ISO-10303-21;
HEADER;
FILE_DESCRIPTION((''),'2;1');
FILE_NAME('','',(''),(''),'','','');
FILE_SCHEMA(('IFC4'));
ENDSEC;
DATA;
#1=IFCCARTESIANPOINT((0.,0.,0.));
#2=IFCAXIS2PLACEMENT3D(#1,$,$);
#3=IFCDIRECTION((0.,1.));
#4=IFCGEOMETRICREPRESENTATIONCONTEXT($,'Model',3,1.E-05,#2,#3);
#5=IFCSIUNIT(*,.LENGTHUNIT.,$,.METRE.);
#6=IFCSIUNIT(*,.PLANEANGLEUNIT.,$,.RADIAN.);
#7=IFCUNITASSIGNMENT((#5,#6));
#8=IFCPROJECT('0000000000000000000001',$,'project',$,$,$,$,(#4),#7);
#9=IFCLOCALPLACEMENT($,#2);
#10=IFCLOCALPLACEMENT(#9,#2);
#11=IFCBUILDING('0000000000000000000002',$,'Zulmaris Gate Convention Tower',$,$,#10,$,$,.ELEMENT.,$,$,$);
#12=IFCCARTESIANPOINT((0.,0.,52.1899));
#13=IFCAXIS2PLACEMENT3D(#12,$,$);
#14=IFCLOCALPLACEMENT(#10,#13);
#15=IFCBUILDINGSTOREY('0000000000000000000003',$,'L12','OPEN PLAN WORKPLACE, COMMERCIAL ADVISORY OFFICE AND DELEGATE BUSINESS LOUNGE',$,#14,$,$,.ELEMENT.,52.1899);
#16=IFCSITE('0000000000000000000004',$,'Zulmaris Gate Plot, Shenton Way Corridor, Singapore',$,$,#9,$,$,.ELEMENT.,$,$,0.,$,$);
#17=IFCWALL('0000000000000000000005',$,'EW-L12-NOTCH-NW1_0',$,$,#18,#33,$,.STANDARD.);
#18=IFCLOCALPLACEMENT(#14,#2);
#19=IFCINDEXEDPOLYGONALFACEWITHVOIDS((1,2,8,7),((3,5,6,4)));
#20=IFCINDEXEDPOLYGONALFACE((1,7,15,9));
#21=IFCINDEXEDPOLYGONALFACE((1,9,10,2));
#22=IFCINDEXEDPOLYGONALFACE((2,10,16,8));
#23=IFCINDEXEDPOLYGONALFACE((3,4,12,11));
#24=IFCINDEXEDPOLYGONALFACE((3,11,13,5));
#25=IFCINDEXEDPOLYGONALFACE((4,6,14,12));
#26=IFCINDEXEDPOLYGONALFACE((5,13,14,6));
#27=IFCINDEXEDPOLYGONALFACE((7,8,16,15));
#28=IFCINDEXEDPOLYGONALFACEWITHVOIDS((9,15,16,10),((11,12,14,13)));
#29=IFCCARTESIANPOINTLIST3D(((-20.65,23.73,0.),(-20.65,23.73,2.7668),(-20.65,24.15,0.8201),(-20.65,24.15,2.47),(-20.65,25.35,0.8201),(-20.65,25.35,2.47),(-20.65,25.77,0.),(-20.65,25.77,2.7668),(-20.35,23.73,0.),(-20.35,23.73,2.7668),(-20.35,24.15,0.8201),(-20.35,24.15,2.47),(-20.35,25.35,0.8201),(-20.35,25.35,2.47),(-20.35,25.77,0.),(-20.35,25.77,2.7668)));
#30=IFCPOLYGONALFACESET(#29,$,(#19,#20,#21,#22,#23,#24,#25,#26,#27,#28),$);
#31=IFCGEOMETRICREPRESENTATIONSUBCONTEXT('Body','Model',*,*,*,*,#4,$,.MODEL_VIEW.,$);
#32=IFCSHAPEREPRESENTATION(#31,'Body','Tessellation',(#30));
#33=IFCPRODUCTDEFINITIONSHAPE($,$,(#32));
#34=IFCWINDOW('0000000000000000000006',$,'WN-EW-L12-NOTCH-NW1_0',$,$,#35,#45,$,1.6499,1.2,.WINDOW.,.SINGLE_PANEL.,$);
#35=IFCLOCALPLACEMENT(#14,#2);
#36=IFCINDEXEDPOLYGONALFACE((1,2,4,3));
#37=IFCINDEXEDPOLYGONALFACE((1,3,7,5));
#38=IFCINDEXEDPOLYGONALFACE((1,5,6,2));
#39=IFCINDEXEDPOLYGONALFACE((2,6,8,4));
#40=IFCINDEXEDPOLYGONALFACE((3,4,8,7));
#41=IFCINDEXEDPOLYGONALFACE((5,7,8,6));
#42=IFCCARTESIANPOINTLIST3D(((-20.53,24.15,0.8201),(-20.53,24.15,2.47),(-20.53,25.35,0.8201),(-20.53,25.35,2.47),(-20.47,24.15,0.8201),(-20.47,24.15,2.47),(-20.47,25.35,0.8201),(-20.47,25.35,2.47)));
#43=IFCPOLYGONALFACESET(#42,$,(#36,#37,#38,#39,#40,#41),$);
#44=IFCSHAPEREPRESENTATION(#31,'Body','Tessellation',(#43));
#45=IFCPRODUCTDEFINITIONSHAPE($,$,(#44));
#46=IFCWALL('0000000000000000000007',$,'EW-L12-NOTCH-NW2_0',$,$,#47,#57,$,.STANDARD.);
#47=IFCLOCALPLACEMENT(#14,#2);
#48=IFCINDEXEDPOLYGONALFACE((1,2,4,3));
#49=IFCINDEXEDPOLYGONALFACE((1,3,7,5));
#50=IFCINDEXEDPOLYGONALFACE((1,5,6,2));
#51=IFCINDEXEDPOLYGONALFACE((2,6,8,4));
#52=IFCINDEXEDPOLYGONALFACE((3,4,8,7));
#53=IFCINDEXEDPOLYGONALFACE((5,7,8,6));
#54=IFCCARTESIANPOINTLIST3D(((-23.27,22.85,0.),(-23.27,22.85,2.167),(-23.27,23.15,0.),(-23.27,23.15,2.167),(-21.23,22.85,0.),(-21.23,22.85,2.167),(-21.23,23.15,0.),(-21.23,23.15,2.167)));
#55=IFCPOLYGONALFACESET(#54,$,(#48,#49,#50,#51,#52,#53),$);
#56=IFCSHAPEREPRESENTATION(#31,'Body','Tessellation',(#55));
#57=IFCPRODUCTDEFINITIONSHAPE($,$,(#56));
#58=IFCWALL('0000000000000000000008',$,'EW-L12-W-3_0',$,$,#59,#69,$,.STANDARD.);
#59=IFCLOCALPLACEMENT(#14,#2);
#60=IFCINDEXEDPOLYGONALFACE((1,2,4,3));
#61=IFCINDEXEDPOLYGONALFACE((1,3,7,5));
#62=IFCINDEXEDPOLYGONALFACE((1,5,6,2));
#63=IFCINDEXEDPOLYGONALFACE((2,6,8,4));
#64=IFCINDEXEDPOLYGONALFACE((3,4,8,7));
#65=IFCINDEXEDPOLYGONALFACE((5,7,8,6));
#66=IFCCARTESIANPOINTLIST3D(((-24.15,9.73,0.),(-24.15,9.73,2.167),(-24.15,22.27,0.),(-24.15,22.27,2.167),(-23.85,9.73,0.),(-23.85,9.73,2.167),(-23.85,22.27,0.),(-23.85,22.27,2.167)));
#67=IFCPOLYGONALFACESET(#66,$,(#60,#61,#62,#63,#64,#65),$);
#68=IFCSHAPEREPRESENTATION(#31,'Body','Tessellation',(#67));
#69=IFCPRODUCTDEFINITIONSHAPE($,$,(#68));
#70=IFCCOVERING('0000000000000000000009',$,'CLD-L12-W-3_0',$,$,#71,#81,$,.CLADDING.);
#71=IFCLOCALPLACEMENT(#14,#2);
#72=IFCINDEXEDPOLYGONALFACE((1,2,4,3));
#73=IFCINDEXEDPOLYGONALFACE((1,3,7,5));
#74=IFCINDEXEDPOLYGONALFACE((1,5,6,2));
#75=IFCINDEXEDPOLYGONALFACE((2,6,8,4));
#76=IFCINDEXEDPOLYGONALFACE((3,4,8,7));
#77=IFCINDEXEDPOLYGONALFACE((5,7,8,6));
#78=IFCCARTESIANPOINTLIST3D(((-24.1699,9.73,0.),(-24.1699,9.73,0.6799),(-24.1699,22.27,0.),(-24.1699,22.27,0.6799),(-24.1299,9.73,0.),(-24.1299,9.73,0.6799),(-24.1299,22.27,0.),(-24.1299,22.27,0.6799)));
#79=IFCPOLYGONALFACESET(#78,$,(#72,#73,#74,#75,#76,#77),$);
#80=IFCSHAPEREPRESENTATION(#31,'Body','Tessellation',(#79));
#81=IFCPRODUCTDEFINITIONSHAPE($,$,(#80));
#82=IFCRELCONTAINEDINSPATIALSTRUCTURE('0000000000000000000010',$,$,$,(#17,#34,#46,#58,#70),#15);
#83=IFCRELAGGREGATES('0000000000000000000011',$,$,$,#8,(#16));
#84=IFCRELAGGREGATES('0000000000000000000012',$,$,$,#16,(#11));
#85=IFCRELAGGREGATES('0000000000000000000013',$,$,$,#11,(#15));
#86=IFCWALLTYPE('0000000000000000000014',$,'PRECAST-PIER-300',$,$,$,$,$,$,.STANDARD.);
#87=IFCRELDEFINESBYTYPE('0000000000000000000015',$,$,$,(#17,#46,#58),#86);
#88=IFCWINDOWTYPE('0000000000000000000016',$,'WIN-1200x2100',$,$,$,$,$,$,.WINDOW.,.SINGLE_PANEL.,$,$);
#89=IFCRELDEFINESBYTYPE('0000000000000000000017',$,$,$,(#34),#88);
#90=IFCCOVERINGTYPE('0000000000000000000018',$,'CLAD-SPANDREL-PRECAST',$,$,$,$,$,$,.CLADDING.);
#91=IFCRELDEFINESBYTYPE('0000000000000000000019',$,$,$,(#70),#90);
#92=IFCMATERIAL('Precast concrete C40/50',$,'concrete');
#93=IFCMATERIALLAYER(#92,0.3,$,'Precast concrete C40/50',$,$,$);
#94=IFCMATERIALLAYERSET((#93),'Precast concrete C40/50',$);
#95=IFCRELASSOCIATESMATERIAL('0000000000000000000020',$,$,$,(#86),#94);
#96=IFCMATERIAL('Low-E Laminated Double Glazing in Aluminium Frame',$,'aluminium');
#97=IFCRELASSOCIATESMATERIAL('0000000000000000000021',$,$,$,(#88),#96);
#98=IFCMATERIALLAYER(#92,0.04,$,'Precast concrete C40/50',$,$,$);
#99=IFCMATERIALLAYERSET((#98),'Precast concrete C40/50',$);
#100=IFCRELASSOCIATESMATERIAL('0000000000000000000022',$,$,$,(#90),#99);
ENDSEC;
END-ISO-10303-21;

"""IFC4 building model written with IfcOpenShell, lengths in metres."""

from ifc_helpers import new_model, si_unit, direction, frame, frame_2d, origin, place, context, subcontext, project, spatial, rectangle, extrude, material, layer, layer_set, type_object, element, fill, save


model = new_model("IFC4")

# Units and contexts
model_context = context("Model", 3, precision=1e-05, world=origin(), true_north=direction((0.0, 1.0)))
body_context = subcontext(model_context, "Body", "Model", "MODEL_VIEW")
ifc_project = project(units=[si_unit("LENGTHUNIT", "METRE"), si_unit("PLANEANGLEUNIT", "RADIAN")], contexts=[model_context])

# Site, building, storey
site_placement = place(None, origin())
site = spatial("IfcSite", under=ifc_project, at=site_placement, Name="Zulmaris Gate Plot, Shenton Way Corridor, Singapore", CompositionType="ELEMENT", RefElevation=0.0)
building_placement = place(site_placement, origin())
building = spatial("IfcBuilding", under=site, at=building_placement, Name="Zulmaris Gate Convention Tower", CompositionType="ELEMENT")
storey_placement = place(building_placement, frame((0.0, 0.0, 52.1899)))
storey = spatial("IfcBuildingStorey", under=building, at=storey_placement, Name="L12", Description="OPEN PLAN WORKPLACE, COMMERCIAL ADVISORY OFFICE AND DELEGATE BUSINESS LOUNGE", CompositionType="ELEMENT", Elevation=52.1899)

# Wall, opening, window
ifc_material_1 = material(Name="Precast concrete C40/50", Category="concrete")
ifc_layer_1 = layer(ifc_material_1, 0.3, Name="Precast concrete C40/50")
ifc_layer_set_1 = layer_set([ifc_layer_1], Name="Precast concrete C40/50")
wall_type_1 = type_object("IfcWallType", Name="PRECAST-PIER-300", PredefinedType="STANDARD", material=ifc_layer_set_1)
wall_1_placement = place(storey_placement, frame((-20.5, 25.77, 0.0), z_axis=(0.0, 0.0, 1.0), x_axis=(0.0, -1.0, 0.0)))
wall_1 = element("IfcWall", 1, at=wall_1_placement, inside=storey, type_object=wall_type_1, Name="EW-L12-NOTCH-NW1_0", PredefinedType="STANDARD", context=body_context, shape_type="SweptSolid", body=[
    extrude(rectangle(XDim=2.04, YDim=0.3, at=frame_2d((1.02, 0.0))), origin(), (0.0, 0.0, 1.0), 2.7668),
])
opening_1_placement = place(wall_1_placement, frame((0.4199, 0.0, 0.8201)))
opening_1 = element("IfcOpeningElement", 2, at=opening_1_placement, cuts=wall_1, PredefinedType="OPENING", context=body_context, shape_type="SweptSolid", body=[
    extrude(rectangle(XDim=1.2, YDim=1.6499, at=frame_2d((0.6001, 0.825))), frame((0.0, 0.1602, 0.0), z_axis=(0.0, -1.0, 0.0), x_axis=(1.0, 0.0, 0.0)), (0.0, 0.0, 1.0), 0.3201),
])
ifc_material_2 = material(Name="Low-E Laminated Double Glazing in Aluminium Frame", Category="aluminium")
window_type = type_object("IfcWindowType", Name="WIN-1200x2100", PartitioningType="SINGLE_PANEL", PredefinedType="WINDOW", material=ifc_material_2)
window_placement = place(opening_1_placement, origin())
window = element("IfcWindow", 3, at=window_placement, inside=storey, type_object=window_type, Name="WN-EW-L12-NOTCH-NW1_0", OverallHeight=1.6499, OverallWidth=1.2, PartitioningType="SINGLE_PANEL", PredefinedType="WINDOW", context=body_context, shape_type="SweptSolid", body=[
    extrude(rectangle(XDim=1.2, YDim=1.6499, at=frame_2d((0.6001, 0.825))), frame((0.0, 0.03, 0.0), z_axis=(0.0, -1.0, 0.0), x_axis=(1.0, 0.0, 0.0)), (0.0, 0.0, 1.0), 0.0601),
])
fill(opening_1, window)

# Walls
wall_2_placement = place(storey_placement, frame((-21.23, 23.0, 0.0), z_axis=(0.0, 0.0, 1.0), x_axis=(-1.0, 0.0, 0.0)))
element("IfcWall", 4, at=wall_2_placement, inside=storey, type_object=wall_type_1, Name="EW-L12-NOTCH-NW2_0", PredefinedType="STANDARD", context=body_context, shape_type="SweptSolid", body=[
    extrude(rectangle(XDim=2.04, YDim=0.3, at=frame_2d((1.02, 0.0))), origin(), (0.0, 0.0, 1.0), 2.167),
])
wall_3_placement = place(storey_placement, frame((-24.0, 22.27, 0.0), z_axis=(0.0, 0.0, 1.0), x_axis=(0.0, -1.0, 0.0)))
element("IfcWall", 5, at=wall_3_placement, inside=storey, type_object=wall_type_1, Name="EW-L12-W-3_0", PredefinedType="STANDARD", context=body_context, shape_type="SweptSolid", body=[
    extrude(rectangle(XDim=12.54, YDim=0.3, at=frame_2d((6.27, 0.0))), origin(), (0.0, 0.0, 1.0), 2.167),
])

# Covering
ifc_layer_2 = layer(ifc_material_1, 0.04, Name="Precast concrete C40/50")
ifc_layer_set_2 = layer_set([ifc_layer_2], Name="Precast concrete C40/50")
covering_type = type_object("IfcCoveringType", Name="CLAD-SPANDREL-PRECAST", PredefinedType="CLADDING", material=ifc_layer_set_2)
covering_placement = place(storey_placement, frame((-24.1499, 22.27, 0.0), z_axis=(0.0, 0.0, 1.0), x_axis=(0.0, -1.0, 0.0)))
element("IfcCovering", 6, at=covering_placement, inside=storey, type_object=covering_type, Name="CLD-L12-W-3_0", PredefinedType="CLADDING", context=body_context, shape_type="SweptSolid", body=[
    extrude(rectangle(XDim=12.54, YDim=0.04, at=frame_2d((6.27, 0.0))), origin(), (0.0, 0.0, 1.0), 0.6799),
])

save(model, "model.ifc")
